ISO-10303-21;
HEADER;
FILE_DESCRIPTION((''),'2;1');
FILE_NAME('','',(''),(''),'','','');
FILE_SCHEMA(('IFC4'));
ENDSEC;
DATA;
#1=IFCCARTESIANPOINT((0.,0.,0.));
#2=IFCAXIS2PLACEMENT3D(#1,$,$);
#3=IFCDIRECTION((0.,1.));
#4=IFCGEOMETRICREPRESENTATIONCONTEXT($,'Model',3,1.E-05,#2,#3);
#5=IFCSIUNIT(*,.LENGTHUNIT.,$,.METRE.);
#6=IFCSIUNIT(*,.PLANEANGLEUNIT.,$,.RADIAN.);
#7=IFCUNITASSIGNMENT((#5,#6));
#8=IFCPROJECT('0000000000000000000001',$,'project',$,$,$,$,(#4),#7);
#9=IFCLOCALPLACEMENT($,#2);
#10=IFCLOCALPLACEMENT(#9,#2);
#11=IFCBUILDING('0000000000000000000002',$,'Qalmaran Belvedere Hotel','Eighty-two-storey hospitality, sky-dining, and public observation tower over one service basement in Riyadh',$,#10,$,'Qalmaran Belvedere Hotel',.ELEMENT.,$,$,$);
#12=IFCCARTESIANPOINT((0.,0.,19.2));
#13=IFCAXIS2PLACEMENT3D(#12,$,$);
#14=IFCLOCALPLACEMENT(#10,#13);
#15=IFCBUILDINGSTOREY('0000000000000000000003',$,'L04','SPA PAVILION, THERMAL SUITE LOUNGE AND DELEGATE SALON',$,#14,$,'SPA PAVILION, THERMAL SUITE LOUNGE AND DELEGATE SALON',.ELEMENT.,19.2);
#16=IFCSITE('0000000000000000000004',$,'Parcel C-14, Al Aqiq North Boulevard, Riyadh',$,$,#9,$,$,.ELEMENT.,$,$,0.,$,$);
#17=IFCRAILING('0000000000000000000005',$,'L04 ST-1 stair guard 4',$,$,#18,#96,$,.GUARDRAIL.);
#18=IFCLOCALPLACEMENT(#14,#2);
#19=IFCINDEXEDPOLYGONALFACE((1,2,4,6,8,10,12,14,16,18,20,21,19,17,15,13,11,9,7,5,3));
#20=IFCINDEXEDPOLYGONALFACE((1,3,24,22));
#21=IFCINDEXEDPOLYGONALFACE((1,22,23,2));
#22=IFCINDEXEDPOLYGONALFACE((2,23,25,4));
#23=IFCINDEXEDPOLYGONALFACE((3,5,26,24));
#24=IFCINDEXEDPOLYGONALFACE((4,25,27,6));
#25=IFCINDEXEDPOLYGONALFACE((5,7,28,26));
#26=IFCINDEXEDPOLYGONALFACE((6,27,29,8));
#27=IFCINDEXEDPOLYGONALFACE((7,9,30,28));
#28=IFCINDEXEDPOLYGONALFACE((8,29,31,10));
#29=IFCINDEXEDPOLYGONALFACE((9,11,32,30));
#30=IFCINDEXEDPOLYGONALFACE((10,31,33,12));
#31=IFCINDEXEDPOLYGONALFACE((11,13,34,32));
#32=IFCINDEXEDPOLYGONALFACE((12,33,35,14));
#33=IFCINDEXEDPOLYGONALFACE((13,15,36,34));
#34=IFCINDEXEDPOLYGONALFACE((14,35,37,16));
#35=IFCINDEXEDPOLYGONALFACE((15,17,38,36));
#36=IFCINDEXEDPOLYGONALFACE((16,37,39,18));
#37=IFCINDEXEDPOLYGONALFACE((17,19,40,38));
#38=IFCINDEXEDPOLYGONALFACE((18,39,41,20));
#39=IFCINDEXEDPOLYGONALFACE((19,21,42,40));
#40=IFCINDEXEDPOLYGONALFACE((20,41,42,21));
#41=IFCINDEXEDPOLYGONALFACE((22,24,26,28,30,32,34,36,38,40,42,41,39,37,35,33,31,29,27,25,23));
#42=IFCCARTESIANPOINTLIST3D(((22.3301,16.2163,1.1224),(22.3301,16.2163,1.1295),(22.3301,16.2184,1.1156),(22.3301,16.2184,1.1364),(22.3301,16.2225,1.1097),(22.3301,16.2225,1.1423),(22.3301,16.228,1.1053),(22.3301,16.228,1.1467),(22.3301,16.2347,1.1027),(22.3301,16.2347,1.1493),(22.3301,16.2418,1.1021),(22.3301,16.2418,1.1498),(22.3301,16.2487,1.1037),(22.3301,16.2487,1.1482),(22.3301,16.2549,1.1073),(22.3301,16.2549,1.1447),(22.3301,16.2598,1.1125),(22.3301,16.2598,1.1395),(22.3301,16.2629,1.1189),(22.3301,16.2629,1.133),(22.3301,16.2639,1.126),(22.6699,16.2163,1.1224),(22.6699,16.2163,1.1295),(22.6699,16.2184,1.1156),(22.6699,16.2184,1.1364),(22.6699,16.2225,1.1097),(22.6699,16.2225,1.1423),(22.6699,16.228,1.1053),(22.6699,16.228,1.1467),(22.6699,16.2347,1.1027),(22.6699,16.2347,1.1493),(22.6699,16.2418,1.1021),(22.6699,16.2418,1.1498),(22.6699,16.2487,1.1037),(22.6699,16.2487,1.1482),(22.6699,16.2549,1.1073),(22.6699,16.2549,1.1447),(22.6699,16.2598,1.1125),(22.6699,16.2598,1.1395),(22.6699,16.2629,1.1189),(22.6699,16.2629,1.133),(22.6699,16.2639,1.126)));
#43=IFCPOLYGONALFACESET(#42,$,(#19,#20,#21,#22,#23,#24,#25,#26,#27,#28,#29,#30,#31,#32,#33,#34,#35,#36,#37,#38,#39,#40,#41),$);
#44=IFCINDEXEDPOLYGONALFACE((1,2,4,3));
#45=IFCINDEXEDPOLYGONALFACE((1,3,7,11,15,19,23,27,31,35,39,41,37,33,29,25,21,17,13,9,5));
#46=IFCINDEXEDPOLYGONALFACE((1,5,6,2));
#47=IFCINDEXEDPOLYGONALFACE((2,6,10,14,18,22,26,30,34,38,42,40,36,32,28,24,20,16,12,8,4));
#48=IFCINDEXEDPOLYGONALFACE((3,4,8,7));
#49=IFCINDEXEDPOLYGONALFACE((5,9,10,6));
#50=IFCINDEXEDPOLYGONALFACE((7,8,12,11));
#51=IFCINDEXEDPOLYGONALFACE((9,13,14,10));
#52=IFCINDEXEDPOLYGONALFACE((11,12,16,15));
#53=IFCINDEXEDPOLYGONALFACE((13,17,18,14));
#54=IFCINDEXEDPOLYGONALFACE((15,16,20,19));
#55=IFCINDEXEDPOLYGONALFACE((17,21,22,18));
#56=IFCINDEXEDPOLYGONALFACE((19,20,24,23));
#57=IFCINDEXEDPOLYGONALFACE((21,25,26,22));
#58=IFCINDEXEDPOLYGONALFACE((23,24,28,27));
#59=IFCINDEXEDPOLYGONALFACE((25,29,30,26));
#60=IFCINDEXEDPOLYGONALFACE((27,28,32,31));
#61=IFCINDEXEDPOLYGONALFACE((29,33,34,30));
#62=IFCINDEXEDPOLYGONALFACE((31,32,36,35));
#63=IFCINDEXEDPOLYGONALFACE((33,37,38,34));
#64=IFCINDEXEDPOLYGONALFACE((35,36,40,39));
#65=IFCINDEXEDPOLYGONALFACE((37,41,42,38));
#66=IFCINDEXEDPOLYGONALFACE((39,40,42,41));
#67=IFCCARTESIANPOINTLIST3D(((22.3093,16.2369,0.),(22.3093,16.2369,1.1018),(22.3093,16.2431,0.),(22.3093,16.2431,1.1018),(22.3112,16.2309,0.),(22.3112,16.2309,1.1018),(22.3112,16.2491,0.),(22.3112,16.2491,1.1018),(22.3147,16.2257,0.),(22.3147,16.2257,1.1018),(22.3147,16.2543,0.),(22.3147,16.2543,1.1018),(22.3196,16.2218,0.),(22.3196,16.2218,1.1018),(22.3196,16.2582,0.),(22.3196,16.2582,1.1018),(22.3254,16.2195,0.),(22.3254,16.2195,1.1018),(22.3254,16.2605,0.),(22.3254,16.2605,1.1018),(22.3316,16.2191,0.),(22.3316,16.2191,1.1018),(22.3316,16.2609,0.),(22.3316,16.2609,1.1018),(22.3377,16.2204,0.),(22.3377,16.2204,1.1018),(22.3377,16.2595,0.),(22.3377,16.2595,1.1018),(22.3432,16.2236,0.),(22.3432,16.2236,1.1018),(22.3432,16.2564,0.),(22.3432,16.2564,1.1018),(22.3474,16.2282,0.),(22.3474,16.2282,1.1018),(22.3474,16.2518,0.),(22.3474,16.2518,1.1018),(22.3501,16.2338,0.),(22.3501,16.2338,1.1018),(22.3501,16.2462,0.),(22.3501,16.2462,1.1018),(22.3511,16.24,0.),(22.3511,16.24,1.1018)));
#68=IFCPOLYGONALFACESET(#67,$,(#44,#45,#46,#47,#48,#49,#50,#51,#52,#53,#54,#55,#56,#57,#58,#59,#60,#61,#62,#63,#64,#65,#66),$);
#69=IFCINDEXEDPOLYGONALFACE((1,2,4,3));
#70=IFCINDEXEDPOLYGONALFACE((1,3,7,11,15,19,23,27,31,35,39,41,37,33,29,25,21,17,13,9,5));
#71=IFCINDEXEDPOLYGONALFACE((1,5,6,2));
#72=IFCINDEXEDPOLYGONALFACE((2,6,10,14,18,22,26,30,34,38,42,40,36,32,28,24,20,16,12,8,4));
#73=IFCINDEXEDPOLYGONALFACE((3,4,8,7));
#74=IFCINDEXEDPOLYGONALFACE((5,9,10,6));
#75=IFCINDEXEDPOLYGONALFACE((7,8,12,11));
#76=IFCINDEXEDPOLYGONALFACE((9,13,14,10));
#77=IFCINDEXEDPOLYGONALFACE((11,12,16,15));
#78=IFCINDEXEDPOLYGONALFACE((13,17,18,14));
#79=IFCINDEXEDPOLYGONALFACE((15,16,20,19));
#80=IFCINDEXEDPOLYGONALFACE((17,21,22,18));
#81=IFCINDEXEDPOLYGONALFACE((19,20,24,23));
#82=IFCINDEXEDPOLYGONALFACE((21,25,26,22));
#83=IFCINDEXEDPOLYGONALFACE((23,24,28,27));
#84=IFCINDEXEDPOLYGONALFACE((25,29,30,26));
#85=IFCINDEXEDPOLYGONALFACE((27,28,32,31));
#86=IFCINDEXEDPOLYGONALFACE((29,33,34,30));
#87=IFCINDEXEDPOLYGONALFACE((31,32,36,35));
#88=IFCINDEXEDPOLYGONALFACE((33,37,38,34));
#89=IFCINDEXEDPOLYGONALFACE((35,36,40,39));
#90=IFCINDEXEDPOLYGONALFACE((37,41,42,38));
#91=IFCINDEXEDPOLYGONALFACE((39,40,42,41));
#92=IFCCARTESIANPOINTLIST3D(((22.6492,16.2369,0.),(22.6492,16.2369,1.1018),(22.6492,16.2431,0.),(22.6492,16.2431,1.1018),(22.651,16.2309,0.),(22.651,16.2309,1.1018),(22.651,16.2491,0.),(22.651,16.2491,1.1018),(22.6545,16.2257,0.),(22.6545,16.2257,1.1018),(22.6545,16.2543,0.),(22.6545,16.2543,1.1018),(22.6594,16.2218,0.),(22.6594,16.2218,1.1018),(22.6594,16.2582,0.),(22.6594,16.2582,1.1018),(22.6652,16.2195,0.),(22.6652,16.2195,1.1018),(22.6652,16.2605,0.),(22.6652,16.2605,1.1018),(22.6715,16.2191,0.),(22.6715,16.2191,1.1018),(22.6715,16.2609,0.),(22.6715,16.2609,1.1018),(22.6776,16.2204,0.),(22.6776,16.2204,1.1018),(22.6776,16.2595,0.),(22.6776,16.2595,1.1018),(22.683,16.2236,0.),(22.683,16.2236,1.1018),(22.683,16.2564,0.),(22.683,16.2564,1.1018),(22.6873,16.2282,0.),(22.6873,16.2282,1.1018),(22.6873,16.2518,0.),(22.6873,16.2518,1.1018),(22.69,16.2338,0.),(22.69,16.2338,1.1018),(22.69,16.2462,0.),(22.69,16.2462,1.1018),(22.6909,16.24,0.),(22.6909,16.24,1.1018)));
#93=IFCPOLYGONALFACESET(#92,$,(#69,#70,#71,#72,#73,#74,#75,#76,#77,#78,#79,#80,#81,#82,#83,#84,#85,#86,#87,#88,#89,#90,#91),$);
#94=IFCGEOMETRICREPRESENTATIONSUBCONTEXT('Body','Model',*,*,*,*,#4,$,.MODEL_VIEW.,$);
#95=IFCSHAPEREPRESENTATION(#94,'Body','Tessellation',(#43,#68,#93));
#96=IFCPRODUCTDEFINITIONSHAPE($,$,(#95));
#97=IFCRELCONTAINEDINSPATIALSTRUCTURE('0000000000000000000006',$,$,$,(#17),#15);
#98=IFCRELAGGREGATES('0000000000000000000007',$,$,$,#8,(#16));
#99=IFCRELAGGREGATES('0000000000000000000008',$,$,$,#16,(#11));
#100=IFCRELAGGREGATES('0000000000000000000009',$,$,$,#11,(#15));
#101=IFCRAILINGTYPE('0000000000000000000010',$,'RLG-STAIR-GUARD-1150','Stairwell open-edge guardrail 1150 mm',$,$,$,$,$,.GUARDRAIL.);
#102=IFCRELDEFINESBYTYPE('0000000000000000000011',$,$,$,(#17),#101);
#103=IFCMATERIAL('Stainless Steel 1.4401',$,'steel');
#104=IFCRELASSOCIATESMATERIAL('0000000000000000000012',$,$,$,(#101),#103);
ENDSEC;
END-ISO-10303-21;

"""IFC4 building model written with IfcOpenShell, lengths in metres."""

from ifc_helpers import new_model, si_unit, direction, frame, origin, origin_2d, place, context, subcontext, project, spatial, circle, extrude, material, type_object, element, save


model = new_model("IFC4")

# Units and contexts
model_context = context("Model", 3, precision=1e-05, world=origin(), true_north=direction((0.0, 1.0)))
body_context = subcontext(model_context, "Body", "Model", "MODEL_VIEW")
ifc_project = project(units=[si_unit("LENGTHUNIT", "METRE"), si_unit("PLANEANGLEUNIT", "RADIAN")], contexts=[model_context])

# Site, building, storey
site_placement = place(None, origin())
site = spatial("IfcSite", under=ifc_project, at=site_placement, Name="Parcel C-14, Al Aqiq North Boulevard, Riyadh", CompositionType="ELEMENT", RefElevation=0.0)
building_placement = place(site_placement, origin())
building = spatial("IfcBuilding", under=site, at=building_placement, Name="Qalmaran Belvedere Hotel", Description="Eighty-two-storey hospitality, sky-dining, and public observation tower over one service basement in Riyadh", LongName="Qalmaran Belvedere Hotel", CompositionType="ELEMENT")
storey_placement = place(building_placement, frame((0.0, 0.0, 19.2)))
storey = spatial("IfcBuildingStorey", under=building, at=storey_placement, Name="L04", Description="SPA PAVILION, THERMAL SUITE LOUNGE AND DELEGATE SALON", LongName="SPA PAVILION, THERMAL SUITE LOUNGE AND DELEGATE SALON", CompositionType="ELEMENT", Elevation=19.2)

# Railing
ifc_material_1 = material(Name="Stainless Steel 1.4401", Category="steel")
railing_type_1 = type_object("IfcRailingType", Name="RLG-STAIR-GUARD-1150", Description="Stairwell open-edge guardrail 1150 mm", PredefinedType="GUARDRAIL", material=ifc_material_1)
railing_1_placement = place(storey_placement, frame((22.3301, 16.24, 0.0)))
element("IfcRailing", 1, at=railing_1_placement, inside=storey, type_object=railing_type_1, Name="L04 ST-1 stair guard 4", PredefinedType="GUARDRAIL", context=body_context, shape_type="SweptSolid", body=[
    extrude(circle(Radius=0.0239, at=origin_2d()), frame((0.0, 0.0, 1.126), z_axis=(1.0, 0.0, 0.0), x_axis=(0.0, 1.0, 0.0)), (0.0, 0.0, 1.0), 0.3398),
    extrude(circle(Radius=0.021, at=origin_2d()), origin(), (0.0, 0.0, 1.0), 1.1018),
    extrude(circle(Radius=0.021, at=origin_2d()), frame((0.3398, 0.0, 0.0)), (0.0, 0.0, 1.0), 1.1018),
])

save(model, "model.ifc")
